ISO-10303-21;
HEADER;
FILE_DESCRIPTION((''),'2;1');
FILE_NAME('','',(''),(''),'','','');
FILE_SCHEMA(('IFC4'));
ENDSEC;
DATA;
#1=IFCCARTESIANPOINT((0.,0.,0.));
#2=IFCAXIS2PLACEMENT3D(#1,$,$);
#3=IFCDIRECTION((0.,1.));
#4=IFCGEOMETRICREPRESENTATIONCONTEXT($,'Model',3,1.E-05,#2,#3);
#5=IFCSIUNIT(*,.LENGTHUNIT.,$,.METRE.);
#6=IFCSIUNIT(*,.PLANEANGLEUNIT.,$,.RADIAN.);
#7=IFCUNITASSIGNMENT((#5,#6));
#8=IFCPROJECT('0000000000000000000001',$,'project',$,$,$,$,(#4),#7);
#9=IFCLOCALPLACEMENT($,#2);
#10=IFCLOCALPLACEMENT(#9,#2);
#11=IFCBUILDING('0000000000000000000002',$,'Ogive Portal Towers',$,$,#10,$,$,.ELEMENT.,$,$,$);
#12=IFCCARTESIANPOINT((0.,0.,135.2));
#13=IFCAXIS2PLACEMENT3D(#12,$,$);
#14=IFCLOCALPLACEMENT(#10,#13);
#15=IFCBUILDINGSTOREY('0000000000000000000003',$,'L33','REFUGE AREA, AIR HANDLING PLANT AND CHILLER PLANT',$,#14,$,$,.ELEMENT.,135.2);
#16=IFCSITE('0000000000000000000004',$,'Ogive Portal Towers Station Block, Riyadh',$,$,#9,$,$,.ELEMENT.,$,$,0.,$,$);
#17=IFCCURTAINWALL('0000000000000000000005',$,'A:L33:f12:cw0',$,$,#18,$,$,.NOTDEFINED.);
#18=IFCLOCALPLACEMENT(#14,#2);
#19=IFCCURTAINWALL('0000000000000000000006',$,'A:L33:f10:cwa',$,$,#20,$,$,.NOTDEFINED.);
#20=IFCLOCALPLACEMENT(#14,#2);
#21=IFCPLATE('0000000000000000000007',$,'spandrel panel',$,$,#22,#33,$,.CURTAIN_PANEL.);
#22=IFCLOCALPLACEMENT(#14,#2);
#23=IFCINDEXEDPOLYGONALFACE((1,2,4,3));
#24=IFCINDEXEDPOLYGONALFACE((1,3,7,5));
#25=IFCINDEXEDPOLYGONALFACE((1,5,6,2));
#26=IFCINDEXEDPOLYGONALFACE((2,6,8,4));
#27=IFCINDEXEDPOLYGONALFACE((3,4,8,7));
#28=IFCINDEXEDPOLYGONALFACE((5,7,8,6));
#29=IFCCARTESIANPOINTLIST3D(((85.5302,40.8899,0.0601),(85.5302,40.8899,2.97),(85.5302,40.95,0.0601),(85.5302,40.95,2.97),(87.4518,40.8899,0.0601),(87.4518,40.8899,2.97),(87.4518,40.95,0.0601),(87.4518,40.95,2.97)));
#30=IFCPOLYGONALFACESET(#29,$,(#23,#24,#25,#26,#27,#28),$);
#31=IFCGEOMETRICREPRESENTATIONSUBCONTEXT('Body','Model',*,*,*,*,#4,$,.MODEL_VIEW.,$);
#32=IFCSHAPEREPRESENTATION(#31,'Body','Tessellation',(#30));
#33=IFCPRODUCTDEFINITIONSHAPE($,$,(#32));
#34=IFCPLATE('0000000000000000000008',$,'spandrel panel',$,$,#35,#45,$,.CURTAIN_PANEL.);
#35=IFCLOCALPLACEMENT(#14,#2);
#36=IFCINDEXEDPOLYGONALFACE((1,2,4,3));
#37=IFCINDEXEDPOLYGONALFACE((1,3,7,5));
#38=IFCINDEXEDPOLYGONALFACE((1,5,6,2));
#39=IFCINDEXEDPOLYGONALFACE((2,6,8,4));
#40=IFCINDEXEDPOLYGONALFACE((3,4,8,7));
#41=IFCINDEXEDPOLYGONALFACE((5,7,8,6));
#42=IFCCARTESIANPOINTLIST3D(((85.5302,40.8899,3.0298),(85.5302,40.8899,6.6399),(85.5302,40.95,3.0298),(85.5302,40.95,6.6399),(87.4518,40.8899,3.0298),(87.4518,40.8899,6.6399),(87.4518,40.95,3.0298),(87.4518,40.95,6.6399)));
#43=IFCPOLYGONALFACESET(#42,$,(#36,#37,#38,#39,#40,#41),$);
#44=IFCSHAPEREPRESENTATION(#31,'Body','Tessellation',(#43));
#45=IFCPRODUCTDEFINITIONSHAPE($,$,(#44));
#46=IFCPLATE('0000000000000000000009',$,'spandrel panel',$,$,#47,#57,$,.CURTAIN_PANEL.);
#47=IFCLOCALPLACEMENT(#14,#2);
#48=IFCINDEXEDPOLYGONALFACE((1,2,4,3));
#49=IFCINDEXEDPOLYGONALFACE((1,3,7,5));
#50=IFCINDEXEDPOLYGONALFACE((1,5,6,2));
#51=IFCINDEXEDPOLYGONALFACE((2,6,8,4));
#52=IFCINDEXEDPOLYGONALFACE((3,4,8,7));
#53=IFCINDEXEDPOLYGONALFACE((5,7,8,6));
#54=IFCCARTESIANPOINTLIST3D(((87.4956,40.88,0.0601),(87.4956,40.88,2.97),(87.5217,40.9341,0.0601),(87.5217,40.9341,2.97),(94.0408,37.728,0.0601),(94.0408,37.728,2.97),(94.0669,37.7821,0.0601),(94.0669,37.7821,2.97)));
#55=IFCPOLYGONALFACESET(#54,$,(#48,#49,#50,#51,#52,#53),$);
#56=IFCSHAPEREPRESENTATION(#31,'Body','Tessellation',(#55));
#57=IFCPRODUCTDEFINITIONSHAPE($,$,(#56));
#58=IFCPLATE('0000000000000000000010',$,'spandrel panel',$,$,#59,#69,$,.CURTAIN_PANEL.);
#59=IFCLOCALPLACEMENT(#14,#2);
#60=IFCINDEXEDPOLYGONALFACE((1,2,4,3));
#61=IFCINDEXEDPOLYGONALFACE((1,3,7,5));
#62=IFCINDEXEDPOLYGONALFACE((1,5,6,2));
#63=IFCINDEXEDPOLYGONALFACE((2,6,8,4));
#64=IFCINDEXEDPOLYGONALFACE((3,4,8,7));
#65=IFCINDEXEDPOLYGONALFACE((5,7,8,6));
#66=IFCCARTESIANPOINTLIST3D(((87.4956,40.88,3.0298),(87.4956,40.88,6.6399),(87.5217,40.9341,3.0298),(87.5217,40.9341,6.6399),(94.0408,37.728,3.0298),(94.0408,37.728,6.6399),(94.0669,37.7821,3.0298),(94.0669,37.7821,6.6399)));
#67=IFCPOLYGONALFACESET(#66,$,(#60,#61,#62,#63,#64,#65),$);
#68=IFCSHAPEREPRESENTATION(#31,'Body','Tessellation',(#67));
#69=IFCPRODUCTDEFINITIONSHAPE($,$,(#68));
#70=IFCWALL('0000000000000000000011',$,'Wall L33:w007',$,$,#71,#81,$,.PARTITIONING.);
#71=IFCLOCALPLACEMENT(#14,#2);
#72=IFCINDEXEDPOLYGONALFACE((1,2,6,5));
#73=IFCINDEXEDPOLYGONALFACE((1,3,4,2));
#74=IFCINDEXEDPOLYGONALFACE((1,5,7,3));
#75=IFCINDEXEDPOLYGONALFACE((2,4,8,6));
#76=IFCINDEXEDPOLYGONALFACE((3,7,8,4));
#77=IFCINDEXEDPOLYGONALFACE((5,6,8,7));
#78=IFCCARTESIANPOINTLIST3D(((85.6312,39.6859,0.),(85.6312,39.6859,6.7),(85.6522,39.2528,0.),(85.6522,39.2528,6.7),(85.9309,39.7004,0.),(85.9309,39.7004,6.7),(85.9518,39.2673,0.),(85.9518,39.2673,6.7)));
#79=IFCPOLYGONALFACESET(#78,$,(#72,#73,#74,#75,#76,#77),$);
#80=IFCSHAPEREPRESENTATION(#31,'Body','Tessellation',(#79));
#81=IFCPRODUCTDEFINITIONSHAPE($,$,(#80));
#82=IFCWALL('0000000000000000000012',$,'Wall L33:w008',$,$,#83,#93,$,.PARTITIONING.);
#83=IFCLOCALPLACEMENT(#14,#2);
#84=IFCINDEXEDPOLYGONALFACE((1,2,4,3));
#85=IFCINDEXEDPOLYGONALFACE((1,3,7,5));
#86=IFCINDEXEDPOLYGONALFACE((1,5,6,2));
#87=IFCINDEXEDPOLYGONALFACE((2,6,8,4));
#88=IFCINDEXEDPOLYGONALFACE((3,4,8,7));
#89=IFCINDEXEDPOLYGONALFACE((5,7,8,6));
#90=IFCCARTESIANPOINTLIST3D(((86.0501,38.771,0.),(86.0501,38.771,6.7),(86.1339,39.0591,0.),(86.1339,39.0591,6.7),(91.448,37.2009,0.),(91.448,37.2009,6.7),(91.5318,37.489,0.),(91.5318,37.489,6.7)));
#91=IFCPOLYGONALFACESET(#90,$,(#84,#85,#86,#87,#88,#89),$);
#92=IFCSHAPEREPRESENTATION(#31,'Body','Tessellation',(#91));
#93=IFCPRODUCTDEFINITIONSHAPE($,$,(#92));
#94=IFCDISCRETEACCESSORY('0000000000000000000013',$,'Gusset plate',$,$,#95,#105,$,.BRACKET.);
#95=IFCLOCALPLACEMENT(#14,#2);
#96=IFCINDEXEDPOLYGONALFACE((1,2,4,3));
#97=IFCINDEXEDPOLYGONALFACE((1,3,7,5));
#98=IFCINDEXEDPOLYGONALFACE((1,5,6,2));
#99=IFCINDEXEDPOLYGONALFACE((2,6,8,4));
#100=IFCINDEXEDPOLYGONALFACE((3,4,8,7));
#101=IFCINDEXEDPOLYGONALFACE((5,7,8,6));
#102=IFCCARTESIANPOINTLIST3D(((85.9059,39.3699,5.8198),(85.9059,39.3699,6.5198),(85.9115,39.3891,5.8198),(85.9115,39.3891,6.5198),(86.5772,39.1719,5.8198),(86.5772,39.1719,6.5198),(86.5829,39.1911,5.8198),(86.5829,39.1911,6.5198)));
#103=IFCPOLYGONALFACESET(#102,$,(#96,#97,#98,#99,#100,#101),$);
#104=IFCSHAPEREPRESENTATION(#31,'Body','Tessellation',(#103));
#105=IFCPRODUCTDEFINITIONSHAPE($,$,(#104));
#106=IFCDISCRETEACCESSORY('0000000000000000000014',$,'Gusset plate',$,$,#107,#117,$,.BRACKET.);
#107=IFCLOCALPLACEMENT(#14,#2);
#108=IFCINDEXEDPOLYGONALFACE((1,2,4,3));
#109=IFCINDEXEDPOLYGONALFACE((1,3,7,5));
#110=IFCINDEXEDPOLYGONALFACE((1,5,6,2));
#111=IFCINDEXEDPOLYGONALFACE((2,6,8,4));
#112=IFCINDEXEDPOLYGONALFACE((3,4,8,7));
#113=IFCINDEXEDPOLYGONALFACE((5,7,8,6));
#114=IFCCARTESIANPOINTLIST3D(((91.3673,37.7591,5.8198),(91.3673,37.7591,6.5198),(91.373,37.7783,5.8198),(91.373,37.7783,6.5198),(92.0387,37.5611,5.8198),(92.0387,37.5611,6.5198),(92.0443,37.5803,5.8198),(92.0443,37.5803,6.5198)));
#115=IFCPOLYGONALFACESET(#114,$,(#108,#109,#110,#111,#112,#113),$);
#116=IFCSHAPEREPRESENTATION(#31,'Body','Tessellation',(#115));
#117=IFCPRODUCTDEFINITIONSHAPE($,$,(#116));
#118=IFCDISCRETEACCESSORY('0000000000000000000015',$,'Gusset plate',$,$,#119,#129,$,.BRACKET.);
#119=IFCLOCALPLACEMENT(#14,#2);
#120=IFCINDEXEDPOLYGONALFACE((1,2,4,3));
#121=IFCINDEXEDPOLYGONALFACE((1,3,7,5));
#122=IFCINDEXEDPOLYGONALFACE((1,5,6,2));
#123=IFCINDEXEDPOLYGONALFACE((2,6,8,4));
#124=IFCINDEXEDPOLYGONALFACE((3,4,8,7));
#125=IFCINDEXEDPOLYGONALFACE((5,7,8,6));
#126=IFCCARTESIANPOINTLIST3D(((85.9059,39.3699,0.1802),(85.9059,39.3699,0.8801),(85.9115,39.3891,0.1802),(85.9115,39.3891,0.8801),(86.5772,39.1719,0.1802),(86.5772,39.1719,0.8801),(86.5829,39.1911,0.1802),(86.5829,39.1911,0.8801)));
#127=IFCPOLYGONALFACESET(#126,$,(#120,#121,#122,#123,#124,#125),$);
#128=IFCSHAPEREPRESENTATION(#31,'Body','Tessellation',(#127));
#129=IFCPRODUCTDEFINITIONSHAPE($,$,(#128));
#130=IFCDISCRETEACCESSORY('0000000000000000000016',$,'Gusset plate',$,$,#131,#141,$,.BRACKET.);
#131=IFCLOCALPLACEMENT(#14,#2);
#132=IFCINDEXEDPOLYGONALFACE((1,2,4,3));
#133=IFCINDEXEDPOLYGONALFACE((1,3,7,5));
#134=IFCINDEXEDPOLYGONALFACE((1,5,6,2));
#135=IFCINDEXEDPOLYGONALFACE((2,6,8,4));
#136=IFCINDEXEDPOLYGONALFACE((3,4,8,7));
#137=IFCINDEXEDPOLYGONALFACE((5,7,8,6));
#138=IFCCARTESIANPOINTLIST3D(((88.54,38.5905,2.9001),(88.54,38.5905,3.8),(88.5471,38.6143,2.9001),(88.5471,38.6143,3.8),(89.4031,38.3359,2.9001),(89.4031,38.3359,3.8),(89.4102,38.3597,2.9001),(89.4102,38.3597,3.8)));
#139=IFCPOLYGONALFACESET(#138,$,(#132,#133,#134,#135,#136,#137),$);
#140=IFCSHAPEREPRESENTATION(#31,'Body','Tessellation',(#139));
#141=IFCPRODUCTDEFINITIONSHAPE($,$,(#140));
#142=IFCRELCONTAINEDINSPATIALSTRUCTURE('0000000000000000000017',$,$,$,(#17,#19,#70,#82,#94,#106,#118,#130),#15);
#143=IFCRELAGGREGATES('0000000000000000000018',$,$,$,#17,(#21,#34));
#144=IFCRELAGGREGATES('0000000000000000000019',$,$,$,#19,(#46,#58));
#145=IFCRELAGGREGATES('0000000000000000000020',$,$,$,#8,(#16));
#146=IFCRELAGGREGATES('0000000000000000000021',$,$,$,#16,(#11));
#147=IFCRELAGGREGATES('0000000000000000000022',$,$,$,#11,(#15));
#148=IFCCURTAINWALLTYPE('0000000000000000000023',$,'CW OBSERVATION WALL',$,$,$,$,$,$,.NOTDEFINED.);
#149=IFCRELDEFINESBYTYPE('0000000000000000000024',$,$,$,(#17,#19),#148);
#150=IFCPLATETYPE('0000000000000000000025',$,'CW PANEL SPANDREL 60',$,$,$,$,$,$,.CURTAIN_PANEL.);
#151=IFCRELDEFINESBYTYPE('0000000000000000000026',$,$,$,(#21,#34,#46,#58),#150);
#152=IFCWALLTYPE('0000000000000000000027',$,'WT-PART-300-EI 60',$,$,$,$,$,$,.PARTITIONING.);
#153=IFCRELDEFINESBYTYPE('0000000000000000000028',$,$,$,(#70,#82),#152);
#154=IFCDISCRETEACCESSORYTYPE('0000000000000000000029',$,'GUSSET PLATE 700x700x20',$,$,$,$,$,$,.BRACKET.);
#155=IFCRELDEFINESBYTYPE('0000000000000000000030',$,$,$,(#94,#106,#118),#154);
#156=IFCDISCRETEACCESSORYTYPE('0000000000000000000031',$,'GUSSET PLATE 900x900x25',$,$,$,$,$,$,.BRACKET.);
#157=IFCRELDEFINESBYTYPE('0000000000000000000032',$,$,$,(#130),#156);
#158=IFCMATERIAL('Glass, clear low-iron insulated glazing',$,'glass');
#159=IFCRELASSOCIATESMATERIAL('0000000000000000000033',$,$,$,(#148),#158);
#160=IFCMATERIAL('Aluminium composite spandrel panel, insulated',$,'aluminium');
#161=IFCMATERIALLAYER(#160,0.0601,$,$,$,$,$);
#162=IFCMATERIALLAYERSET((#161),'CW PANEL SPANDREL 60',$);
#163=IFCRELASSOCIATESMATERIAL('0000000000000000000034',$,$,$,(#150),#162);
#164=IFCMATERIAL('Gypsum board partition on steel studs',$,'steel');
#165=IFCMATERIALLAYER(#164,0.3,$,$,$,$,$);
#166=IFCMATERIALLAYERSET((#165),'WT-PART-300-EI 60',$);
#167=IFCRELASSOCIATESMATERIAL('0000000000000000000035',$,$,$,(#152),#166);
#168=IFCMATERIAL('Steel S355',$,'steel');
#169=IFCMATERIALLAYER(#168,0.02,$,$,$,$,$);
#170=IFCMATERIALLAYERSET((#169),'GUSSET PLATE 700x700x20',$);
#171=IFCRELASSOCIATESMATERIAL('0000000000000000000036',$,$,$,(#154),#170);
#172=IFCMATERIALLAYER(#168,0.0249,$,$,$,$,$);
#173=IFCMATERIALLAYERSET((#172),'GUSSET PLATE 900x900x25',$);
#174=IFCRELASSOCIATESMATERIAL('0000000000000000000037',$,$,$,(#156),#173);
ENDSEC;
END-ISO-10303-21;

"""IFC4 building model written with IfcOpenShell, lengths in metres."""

from ifc_helpers import new_model, si_unit, direction, frame, frame_2d, origin, origin_2d, place, context, subcontext, project, spatial, rectangle, extrude, material, layer, layer_set, type_object, element, aggregate, save


model = new_model("IFC4")

# Units and contexts
model_context = context("Model", 3, precision=1e-05, world=origin(), true_north=direction((0.0, 1.0)))
body_context = subcontext(model_context, "Body", "Model", "MODEL_VIEW")
ifc_project = project(units=[si_unit("LENGTHUNIT", "METRE"), si_unit("PLANEANGLEUNIT", "RADIAN")], contexts=[model_context])

# Site, building, storey
site_placement = place(None, origin())
site = spatial("IfcSite", under=ifc_project, at=site_placement, Name="Ogive Portal Towers Station Block, Riyadh", CompositionType="ELEMENT", RefElevation=0.0)
building_placement = place(site_placement, origin())
building = spatial("IfcBuilding", under=site, at=building_placement, Name="Ogive Portal Towers", CompositionType="ELEMENT")
storey_placement = place(building_placement, frame((0.0, 0.0, 135.2)))
storey = spatial("IfcBuildingStorey", under=building, at=storey_placement, Name="L33", Description="REFUGE AREA, AIR HANDLING PLANT AND CHILLER PLANT", CompositionType="ELEMENT", Elevation=135.2)

# Shared definitions
ifc_material_1 = material(Name="Steel S355", Category="steel")

# Curtain wall
ifc_material_2 = material(Name="Glass, clear low-iron insulated glazing", Category="glass")
curtain_wall_type = type_object("IfcCurtainWallType", Name="CW OBSERVATION WALL", PredefinedType="NOTDEFINED", material=ifc_material_2)
curtain_wall_1_placement = place(storey_placement, origin())
curtain_wall_1 = element("IfcCurtainWall", 1, at=curtain_wall_1_placement, inside=storey, type_object=curtain_wall_type, Name="A:L33:f12:cw0", PredefinedType="NOTDEFINED")

# Curtain wall
curtain_wall_2_placement = place(storey_placement, origin())
curtain_wall_2 = element("IfcCurtainWall", 2, at=curtain_wall_2_placement, inside=storey, type_object=curtain_wall_type, Name="A:L33:f10:cwa", PredefinedType="NOTDEFINED")

# Plates
ifc_material_3 = material(Name="Aluminium composite spandrel panel, insulated", Category="aluminium")
ifc_layer_1 = layer(ifc_material_3, 0.0601)
ifc_layer_set_1 = layer_set([ifc_layer_1], Name="CW PANEL SPANDREL 60")
plate_type = type_object("IfcPlateType", Name="CW PANEL SPANDREL 60", PredefinedType="CURTAIN_PANEL", material=ifc_layer_set_1)
plate_1_placement = place(storey_placement, frame((86.491, 40.9199, 0.0601), z_axis=(0.0, 0.0, 1.0), x_axis=(-1.0, 0.0, 0.0)))
plate_1 = element("IfcPlate", 3, at=plate_1_placement, type_object=plate_type, Name="spandrel panel", PredefinedType="CURTAIN_PANEL", context=body_context, shape_type="SweptSolid", body=[
    extrude(rectangle(XDim=1.9216, YDim=0.0601, at=origin_2d()), origin(), (0.0, 0.0, 1.0), 2.9099),
])
plate_2_placement = place(storey_placement, frame((86.491, 40.9199, 3.0298), z_axis=(0.0, 0.0, 1.0), x_axis=(-1.0, 0.0, 0.0)))
plate_2 = element("IfcPlate", 4, at=plate_2_placement, type_object=plate_type, Name="spandrel panel", PredefinedType="CURTAIN_PANEL", context=body_context, shape_type="SweptSolid", body=[
    extrude(rectangle(XDim=1.9216, YDim=0.0601, at=origin_2d()), origin(), (0.0, 0.0, 1.0), 3.6101),
])
aggregate(curtain_wall_1, [plate_1, plate_2])
plate_3_placement = place(storey_placement, frame((90.7812, 39.3311, 0.0601), z_axis=(0.0, 0.0, 1.0), x_axis=(-0.900969, 0.433884, 0.0)))
plate_3 = element("IfcPlate", 5, at=plate_3_placement, type_object=plate_type, Name="spandrel panel", PredefinedType="CURTAIN_PANEL", context=body_context, shape_type="SweptSolid", body=[
    extrude(rectangle(XDim=7.2646, YDim=0.0601, at=origin_2d()), origin(), (0.0, 0.0, 1.0), 2.9099),
])
plate_4_placement = place(storey_placement, frame((90.7812, 39.3311, 3.0298), z_axis=(0.0, 0.0, 1.0), x_axis=(-0.900969, 0.433884, 0.0)))
plate_4 = element("IfcPlate", 6, at=plate_4_placement, type_object=plate_type, Name="spandrel panel", PredefinedType="CURTAIN_PANEL", context=body_context, shape_type="SweptSolid", body=[
    extrude(rectangle(XDim=7.2646, YDim=0.0601, at=origin_2d()), origin(), (0.0, 0.0, 1.0), 3.6101),
])
aggregate(curtain_wall_2, [plate_3, plate_4])

# Walls
ifc_material_4 = material(Name="Gypsum board partition on steel studs", Category="steel")
ifc_layer_2 = layer(ifc_material_4, 0.3)
ifc_layer_set_2 = layer_set([ifc_layer_2], Name="WT-PART-300-EI 60")
wall_type = type_object("IfcWallType", Name="WT-PART-300-EI 60", PredefinedType="PARTITIONING", material=ifc_layer_set_2)
wall_1_placement = place(storey_placement, frame((85.781, 39.6931, 0.0), z_axis=(0.0, 0.0, 1.0), x_axis=(0.048421, -0.998827, 0.0)))
element("IfcWall", 7, at=wall_1_placement, inside=storey, type_object=wall_type, Name="Wall L33:w007", PredefinedType="PARTITIONING", context=body_context, shape_type="SweptSolid", body=[
    extrude(rectangle(XDim=0.4336, YDim=0.3, at=frame_2d((0.2168, 0.0))), origin(), (0.0, 0.0, 1.0), 6.7),
])
wall_2_placement = place(storey_placement, frame((86.092, 38.915, 0.0), z_axis=(0.0, 0.0, 1.0), x_axis=(0.960207, -0.27929, 0.0)))
element("IfcWall", 8, at=wall_2_placement, inside=storey, type_object=wall_type, Name="Wall L33:w008", PredefinedType="PARTITIONING", context=body_context, shape_type="SweptSolid", body=[
    extrude(rectangle(XDim=5.6216, YDim=0.3, at=frame_2d((2.8108, 0.0))), origin(), (0.0, 0.0, 1.0), 6.7),
])

# Discrete accessories
ifc_layer_3 = layer(ifc_material_1, 0.02)
ifc_layer_set_3 = layer_set([ifc_layer_3], Name="GUSSET PLATE 700x700x20")
discrete_accessory_type_1 = type_object("IfcDiscreteAccessoryType", Name="GUSSET PLATE 700x700x20", PredefinedType="BRACKET", material=ifc_layer_set_3)
for number, where, z_axis, x_axis, name in (
    (9, (86.2444, 39.2805, 5.8198), (0.0, 0.0, 1.0), (-0.959151, 0.282894, 0.0), "Gusset plate"),
    (10, (91.7058, 37.6697, 5.8198), (0.0, 0.0, 1.0), (-0.959151, 0.282894, 0.0), "Gusset plate"),
    (11, (86.2444, 39.2805, 0.1802), (0.0, 0.0, 1.0), (-0.959151, 0.282894, 0.0), "Gusset plate"),
):
    element("IfcDiscreteAccessory", number, at=place(storey_placement, frame(where, z_axis=z_axis, x_axis=x_axis)), inside=storey, type_object=discrete_accessory_type_1, Name=name, PredefinedType="BRACKET", context=body_context, shape_type="SweptSolid", body=[
        extrude(rectangle(XDim=0.7, YDim=0.02, at=origin_2d()), origin(), (0.0, 0.0, 1.0), 0.7),
    ])
ifc_layer_4 = layer(ifc_material_1, 0.0249)
ifc_layer_set_4 = layer_set([ifc_layer_4], Name="GUSSET PLATE 900x900x25")
discrete_accessory_type_2 = type_object("IfcDiscreteAccessoryType", Name="GUSSET PLATE 900x900x25", PredefinedType="BRACKET", material=ifc_layer_set_4)
discrete_accessory_placement = place(storey_placement, frame((88.9751, 38.4751, 2.9001), z_axis=(0.0, 0.0, 1.0), x_axis=(-0.959146, 0.282911, 0.0)))
element("IfcDiscreteAccessory", 12, at=discrete_accessory_placement, inside=storey, type_object=discrete_accessory_type_2, Name="Gusset plate", PredefinedType="BRACKET", context=body_context, shape_type="SweptSolid", body=[
    extrude(rectangle(XDim=0.8999, YDim=0.0249, at=origin_2d()), origin(), (0.0, 0.0, 1.0), 0.8999),
])

save(model, "model.ifc")
